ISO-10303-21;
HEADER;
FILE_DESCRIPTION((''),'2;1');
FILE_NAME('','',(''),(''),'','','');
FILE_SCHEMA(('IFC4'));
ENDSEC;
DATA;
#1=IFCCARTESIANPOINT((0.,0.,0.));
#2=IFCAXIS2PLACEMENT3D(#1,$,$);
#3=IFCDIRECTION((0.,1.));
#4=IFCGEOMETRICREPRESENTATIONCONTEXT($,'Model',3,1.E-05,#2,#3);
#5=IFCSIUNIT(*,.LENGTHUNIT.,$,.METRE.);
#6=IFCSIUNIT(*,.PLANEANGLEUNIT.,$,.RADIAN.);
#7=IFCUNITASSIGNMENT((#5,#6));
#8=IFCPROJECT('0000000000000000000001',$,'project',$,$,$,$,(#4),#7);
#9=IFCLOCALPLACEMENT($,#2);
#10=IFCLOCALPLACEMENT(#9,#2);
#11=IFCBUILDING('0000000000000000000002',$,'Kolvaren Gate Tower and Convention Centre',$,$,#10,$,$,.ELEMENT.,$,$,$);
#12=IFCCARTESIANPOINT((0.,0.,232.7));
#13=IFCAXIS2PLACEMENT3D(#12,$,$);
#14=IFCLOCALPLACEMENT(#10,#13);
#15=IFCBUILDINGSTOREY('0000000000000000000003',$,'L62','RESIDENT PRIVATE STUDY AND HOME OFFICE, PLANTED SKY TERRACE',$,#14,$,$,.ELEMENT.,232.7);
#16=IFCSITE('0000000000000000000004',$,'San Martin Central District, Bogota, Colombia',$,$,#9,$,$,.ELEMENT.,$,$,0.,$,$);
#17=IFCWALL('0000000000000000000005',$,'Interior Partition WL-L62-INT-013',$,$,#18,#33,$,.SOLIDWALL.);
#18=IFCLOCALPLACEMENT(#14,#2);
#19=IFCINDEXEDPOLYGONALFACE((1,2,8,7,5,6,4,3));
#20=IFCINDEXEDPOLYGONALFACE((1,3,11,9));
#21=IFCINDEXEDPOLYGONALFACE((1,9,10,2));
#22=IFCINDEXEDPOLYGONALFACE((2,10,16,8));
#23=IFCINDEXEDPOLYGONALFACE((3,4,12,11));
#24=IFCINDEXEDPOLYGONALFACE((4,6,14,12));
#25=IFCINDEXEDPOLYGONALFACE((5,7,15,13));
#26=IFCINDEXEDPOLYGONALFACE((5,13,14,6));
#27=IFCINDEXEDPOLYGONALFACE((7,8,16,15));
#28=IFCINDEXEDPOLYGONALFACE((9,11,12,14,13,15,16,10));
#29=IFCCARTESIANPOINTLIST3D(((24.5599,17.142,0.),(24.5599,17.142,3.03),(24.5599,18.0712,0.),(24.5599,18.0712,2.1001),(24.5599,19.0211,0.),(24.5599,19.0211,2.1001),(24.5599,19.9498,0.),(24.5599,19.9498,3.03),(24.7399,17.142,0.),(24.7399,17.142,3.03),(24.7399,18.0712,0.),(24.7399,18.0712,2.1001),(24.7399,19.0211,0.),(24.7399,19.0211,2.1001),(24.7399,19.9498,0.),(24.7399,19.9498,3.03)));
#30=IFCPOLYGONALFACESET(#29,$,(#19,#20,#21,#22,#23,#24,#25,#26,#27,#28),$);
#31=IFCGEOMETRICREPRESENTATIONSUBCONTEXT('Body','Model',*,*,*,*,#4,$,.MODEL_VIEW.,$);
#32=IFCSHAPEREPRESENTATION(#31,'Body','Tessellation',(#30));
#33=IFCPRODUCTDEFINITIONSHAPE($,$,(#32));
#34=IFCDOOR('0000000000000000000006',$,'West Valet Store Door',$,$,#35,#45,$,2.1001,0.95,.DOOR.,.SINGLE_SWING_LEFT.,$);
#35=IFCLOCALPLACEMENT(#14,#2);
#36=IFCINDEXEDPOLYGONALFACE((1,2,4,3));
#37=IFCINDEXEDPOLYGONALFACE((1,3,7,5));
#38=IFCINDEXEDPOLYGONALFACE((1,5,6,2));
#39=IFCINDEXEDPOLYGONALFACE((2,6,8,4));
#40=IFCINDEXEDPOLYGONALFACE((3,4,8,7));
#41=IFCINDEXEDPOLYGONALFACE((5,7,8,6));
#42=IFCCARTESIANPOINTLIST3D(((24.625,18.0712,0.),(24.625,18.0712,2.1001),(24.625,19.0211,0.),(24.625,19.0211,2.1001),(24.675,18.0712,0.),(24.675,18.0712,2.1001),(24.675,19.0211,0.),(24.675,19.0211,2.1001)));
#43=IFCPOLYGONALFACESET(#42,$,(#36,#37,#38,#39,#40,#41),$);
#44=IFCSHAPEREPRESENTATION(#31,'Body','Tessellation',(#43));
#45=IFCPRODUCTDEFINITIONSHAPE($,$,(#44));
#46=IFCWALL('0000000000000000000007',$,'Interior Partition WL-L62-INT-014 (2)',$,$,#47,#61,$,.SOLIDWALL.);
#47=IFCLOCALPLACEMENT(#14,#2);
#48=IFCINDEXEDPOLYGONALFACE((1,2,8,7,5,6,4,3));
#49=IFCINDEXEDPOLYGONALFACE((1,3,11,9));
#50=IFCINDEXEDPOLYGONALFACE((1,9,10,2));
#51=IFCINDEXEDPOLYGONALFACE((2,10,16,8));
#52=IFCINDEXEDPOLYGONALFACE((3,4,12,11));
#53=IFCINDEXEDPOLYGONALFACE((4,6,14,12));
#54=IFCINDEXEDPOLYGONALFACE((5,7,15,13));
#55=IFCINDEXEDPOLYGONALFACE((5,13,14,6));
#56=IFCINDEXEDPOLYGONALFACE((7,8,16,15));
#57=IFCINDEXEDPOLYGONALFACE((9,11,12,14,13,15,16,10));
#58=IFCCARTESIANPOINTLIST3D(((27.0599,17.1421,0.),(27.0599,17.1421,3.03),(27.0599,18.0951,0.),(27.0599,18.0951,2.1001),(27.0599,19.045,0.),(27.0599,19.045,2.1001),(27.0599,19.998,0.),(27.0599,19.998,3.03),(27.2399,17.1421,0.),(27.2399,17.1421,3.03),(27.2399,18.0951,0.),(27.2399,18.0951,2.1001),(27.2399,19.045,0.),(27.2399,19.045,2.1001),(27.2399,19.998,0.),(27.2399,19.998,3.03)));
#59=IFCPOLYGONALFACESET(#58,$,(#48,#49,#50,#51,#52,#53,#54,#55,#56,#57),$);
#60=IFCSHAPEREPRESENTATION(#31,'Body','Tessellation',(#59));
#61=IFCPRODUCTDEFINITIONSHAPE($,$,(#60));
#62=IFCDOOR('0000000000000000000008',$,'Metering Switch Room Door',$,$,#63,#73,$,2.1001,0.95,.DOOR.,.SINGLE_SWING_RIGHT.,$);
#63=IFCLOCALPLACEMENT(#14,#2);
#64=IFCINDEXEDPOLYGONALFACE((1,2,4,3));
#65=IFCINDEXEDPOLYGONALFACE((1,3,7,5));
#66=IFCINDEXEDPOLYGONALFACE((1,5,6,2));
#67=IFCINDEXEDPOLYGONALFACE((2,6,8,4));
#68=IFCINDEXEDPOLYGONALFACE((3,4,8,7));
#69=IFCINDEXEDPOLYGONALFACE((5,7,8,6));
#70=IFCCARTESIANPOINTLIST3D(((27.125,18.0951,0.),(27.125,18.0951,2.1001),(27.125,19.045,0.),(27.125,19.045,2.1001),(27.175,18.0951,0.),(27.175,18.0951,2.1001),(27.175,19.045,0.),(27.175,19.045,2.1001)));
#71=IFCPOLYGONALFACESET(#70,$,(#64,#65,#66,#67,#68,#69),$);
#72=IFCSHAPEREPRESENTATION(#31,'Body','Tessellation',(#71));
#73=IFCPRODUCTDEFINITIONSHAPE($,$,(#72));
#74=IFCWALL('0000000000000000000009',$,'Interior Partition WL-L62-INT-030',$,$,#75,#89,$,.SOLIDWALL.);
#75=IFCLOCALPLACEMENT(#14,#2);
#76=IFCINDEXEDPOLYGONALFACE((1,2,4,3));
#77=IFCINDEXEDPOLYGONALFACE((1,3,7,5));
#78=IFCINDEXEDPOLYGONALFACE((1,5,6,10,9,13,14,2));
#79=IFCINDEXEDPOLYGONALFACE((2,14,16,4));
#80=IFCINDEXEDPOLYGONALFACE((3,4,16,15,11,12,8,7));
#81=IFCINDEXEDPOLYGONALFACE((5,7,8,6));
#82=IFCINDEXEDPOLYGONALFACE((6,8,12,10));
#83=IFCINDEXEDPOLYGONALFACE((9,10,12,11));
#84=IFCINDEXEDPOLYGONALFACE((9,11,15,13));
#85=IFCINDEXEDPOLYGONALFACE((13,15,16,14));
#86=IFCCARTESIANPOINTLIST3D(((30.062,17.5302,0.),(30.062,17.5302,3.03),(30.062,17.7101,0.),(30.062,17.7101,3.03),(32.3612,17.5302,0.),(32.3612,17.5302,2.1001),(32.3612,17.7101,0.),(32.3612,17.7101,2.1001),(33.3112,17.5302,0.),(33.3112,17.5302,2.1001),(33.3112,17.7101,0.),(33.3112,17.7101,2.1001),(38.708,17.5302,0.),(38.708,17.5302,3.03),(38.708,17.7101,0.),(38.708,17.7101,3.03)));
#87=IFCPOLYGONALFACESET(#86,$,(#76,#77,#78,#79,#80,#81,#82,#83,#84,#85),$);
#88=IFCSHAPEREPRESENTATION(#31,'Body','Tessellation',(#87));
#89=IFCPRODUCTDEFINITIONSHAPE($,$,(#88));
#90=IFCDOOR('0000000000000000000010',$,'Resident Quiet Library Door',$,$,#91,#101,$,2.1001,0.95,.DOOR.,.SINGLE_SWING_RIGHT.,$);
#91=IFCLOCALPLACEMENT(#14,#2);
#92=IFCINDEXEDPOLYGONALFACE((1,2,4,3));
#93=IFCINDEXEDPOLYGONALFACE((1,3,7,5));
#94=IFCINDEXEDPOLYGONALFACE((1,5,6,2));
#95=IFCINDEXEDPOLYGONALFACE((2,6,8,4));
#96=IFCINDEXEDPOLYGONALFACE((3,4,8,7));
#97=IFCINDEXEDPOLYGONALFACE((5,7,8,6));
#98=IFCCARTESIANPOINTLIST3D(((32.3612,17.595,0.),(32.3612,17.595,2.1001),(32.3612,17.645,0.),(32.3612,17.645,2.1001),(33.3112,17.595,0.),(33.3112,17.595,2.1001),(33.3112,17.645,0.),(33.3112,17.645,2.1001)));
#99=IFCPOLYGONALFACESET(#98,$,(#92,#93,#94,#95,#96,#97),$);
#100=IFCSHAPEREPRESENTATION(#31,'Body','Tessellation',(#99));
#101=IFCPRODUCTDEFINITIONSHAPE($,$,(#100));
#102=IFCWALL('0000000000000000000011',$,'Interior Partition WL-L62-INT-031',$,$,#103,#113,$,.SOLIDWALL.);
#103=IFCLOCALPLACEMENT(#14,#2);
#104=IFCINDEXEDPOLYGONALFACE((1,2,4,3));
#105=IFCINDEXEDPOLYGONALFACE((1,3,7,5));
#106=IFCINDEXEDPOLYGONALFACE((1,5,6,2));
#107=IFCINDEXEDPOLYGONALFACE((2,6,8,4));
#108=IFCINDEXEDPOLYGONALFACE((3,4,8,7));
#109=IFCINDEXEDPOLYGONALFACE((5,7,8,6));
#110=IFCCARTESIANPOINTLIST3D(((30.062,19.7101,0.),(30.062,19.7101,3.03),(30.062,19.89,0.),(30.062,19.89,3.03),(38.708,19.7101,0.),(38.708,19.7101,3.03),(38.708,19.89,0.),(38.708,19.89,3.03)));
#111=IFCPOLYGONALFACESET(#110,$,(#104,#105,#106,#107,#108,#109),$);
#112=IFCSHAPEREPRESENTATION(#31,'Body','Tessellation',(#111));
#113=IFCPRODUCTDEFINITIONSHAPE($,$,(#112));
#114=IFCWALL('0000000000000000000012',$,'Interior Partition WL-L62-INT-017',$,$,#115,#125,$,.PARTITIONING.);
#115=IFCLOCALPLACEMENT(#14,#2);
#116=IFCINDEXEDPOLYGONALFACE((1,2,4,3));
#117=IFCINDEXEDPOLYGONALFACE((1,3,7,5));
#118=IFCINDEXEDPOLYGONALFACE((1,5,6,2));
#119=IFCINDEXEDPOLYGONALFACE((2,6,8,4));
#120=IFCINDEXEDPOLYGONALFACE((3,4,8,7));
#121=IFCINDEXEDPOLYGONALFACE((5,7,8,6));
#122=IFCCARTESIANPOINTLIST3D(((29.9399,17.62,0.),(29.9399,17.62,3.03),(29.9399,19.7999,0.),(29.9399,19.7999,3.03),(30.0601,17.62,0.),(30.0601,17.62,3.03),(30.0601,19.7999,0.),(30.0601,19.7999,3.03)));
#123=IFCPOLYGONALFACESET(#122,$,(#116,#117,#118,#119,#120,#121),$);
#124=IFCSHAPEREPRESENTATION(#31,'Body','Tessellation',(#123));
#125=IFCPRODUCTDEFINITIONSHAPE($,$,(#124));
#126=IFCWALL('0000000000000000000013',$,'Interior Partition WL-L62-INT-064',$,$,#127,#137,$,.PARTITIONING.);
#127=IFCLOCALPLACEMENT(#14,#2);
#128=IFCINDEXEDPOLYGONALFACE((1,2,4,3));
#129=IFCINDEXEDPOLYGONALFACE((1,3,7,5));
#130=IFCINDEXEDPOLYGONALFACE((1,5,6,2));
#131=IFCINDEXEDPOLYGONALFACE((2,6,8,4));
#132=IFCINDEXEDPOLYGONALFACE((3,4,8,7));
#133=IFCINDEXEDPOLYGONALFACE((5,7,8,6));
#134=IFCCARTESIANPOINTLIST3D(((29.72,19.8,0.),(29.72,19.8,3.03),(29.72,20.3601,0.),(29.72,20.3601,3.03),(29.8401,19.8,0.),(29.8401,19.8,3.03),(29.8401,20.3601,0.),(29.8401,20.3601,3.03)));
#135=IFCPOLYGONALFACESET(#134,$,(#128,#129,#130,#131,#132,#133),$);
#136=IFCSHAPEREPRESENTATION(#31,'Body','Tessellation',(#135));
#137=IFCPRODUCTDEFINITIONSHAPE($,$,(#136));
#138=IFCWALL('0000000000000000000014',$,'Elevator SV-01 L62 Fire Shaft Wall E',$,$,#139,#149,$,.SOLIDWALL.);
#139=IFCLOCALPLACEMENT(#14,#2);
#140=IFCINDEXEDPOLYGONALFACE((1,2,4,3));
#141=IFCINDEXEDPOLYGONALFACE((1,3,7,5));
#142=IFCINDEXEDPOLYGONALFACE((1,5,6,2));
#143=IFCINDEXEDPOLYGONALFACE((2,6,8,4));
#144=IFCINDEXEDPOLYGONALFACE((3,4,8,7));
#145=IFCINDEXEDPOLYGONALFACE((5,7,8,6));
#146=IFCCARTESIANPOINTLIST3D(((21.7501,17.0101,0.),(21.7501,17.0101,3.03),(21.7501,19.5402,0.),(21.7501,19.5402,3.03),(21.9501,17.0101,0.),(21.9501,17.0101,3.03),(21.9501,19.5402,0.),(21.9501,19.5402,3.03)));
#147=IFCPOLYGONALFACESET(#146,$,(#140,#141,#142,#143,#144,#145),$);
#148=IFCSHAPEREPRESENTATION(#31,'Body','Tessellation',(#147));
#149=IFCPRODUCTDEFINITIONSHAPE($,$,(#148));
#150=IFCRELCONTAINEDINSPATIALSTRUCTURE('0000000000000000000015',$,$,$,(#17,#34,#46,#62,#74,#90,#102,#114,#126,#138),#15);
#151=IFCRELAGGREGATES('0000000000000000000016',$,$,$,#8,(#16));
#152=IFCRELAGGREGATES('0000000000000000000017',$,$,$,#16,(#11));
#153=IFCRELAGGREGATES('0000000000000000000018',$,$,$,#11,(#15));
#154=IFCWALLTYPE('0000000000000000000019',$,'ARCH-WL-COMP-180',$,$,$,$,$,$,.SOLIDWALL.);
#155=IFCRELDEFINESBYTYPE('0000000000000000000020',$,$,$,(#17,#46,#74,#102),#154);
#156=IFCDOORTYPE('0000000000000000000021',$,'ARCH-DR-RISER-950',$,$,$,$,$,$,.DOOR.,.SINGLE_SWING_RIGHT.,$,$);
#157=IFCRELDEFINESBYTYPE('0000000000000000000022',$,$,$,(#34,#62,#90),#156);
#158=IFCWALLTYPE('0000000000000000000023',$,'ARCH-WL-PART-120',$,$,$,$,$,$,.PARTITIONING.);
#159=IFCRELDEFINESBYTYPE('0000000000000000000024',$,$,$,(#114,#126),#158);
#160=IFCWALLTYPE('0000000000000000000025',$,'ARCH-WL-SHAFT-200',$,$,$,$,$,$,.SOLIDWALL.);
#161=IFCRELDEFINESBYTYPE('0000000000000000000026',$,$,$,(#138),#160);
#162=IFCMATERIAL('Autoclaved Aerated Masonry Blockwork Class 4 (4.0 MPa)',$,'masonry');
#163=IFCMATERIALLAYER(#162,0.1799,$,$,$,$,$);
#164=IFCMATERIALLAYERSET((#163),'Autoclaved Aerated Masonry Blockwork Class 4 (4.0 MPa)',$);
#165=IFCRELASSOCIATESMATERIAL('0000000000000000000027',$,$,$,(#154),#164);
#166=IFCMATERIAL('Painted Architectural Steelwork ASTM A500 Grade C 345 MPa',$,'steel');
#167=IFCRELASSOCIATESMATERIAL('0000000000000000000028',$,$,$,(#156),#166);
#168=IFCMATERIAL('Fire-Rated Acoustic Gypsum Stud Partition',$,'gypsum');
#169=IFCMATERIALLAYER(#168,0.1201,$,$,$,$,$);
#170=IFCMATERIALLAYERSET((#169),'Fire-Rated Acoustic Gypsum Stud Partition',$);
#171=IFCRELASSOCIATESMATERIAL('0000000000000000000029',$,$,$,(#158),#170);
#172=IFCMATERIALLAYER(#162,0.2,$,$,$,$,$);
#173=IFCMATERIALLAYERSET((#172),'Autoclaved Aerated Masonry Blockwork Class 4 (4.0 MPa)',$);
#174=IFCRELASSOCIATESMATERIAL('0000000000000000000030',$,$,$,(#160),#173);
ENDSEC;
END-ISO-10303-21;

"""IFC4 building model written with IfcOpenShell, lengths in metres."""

from ifc_helpers import new_model, si_unit, direction, frame, frame_2d, origin, place, context, subcontext, project, spatial, rectangle, extrude, material, layer, layer_set, type_object, element, fill, save


model = new_model("IFC4")

# Units and contexts
model_context = context("Model", 3, precision=1e-05, world=origin(), true_north=direction((0.0, 1.0)))
body_context = subcontext(model_context, "Body", "Model", "MODEL_VIEW")
ifc_project = project(units=[si_unit("LENGTHUNIT", "METRE"), si_unit("PLANEANGLEUNIT", "RADIAN")], contexts=[model_context])

# Site, building, storey
site_placement = place(None, origin())
site = spatial("IfcSite", under=ifc_project, at=site_placement, Name="San Martin Central District, Bogota, Colombia", CompositionType="ELEMENT", RefElevation=0.0)
building_placement = place(site_placement, origin())
building = spatial("IfcBuilding", under=site, at=building_placement, Name="Kolvaren Gate Tower and Convention Centre", CompositionType="ELEMENT")
storey_placement = place(building_placement, frame((0.0, 0.0, 232.7)))
storey = spatial("IfcBuildingStorey", under=building, at=storey_placement, Name="L62", Description="RESIDENT PRIVATE STUDY AND HOME OFFICE, PLANTED SKY TERRACE", CompositionType="ELEMENT", Elevation=232.7)

# Shared definitions
ifc_material_1 = material(Name="Autoclaved Aerated Masonry Blockwork Class 4 (4.0 MPa)", Category="masonry")
ifc_layer_1 = layer(ifc_material_1, 0.1799)
ifc_layer_set_1 = layer_set([ifc_layer_1], Name="Autoclaved Aerated Masonry Blockwork Class 4 (4.0 MPa)")
wall_type_1 = type_object("IfcWallType", Name="ARCH-WL-COMP-180", PredefinedType="SOLIDWALL", material=ifc_layer_set_1)

# Shared definitions
ifc_material_2 = material(Name="Painted Architectural Steelwork ASTM A500 Grade C 345 MPa", Category="steel")
door_type_1 = type_object("IfcDoorType", Name="ARCH-DR-RISER-950", OperationType="SINGLE_SWING_RIGHT", PredefinedType="DOOR", material=ifc_material_2)

# Walls, openings, doors
wall_1_placement = place(storey_placement, frame((24.6499, 17.1421, 0.0), z_axis=(0.0, 0.0, 1.0), x_axis=(0.0, 1.0, 0.0)))
wall_1 = element("IfcWall", 1, at=wall_1_placement, inside=storey, type_object=wall_type_1, Name="Interior Partition WL-L62-INT-013", PredefinedType="SOLIDWALL", context=body_context, shape_type="SweptSolid", body=[
    extrude(rectangle(XDim=2.8079, YDim=0.1799, at=frame_2d((1.4038, 0.0))), origin(), (0.0, 0.0, 1.0), 3.03),
])
opening_1_placement = place(wall_1_placement, frame((0.929, 0.0, 0.0)))
opening_1 = element("IfcOpeningElement", 2, at=opening_1_placement, cuts=wall_1, PredefinedType="OPENING", context=body_context, shape_type="SweptSolid", body=[
    extrude(rectangle(XDim=0.95, YDim=2.1001, at=frame_2d((0.4751, 1.05))), frame((0.0, 0.0999, 0.0), z_axis=(0.0, -1.0, 0.0), x_axis=(1.0, 0.0, 0.0)), (0.0, 0.0, 1.0), 0.2),
])
door_1_placement = place(opening_1_placement, origin())
door_1 = element("IfcDoor", 3, at=door_1_placement, inside=storey, type_object=door_type_1, Name="West Valet Store Door", OperationType="SINGLE_SWING_LEFT", OverallHeight=2.1001, OverallWidth=0.95, PredefinedType="DOOR", context=body_context, shape_type="SweptSolid", body=[
    extrude(rectangle(XDim=0.95, YDim=2.1001, at=frame_2d((0.4751, 1.05))), frame((0.0, 0.0249, 0.0), z_axis=(0.0, -1.0, 0.0), x_axis=(1.0, 0.0, 0.0)), (0.0, 0.0, 1.0), 0.05),
])
fill(opening_1, door_1)
wall_2_placement = place(storey_placement, frame((27.1499, 17.1421, 0.0), z_axis=(0.0, 0.0, 1.0), x_axis=(0.0, 1.0, 0.0)))
wall_2 = element("IfcWall", 4, at=wall_2_placement, inside=storey, type_object=wall_type_1, Name="Interior Partition WL-L62-INT-014 (2)", PredefinedType="SOLIDWALL", context=body_context, shape_type="SweptSolid", body=[
    extrude(rectangle(XDim=2.856, YDim=0.1799, at=frame_2d((1.428, 0.0))), origin(), (0.0, 0.0, 1.0), 3.03),
])
opening_2_placement = place(wall_2_placement, frame((0.9529, 0.0, 0.0)))
opening_2 = element("IfcOpeningElement", 5, at=opening_2_placement, cuts=wall_2, PredefinedType="OPENING", context=body_context, shape_type="SweptSolid", body=[
    extrude(rectangle(XDim=0.95, YDim=2.1001, at=frame_2d((0.4751, 1.05))), frame((0.0, 0.0999, 0.0), z_axis=(0.0, -1.0, 0.0), x_axis=(1.0, 0.0, 0.0)), (0.0, 0.0, 1.0), 0.2),
])
door_2_placement = place(opening_2_placement, origin())
door_2 = element("IfcDoor", 6, at=door_2_placement, inside=storey, type_object=door_type_1, Name="Metering Switch Room Door", OperationType="SINGLE_SWING_RIGHT", OverallHeight=2.1001, OverallWidth=0.95, PredefinedType="DOOR", context=body_context, shape_type="SweptSolid", body=[
    extrude(rectangle(XDim=0.95, YDim=2.1001, at=frame_2d((0.4751, 1.05))), frame((0.0, 0.0249, 0.0), z_axis=(0.0, -1.0, 0.0), x_axis=(1.0, 0.0, 0.0)), (0.0, 0.0, 1.0), 0.05),
])
fill(opening_2, door_2)
wall_3_placement = place(storey_placement, frame((30.062, 17.6201, 0.0), z_axis=(0.0, 0.0, 1.0), x_axis=(1.0, 0.0, 0.0)))
wall_3 = element("IfcWall", 7, at=wall_3_placement, inside=storey, type_object=wall_type_1, Name="Interior Partition WL-L62-INT-030", PredefinedType="SOLIDWALL", context=body_context, shape_type="SweptSolid", body=[
    extrude(rectangle(XDim=8.646, YDim=0.1799, at=frame_2d((4.323, 0.0))), origin(), (0.0, 0.0, 1.0), 3.03),
])
opening_3_placement = place(wall_3_placement, frame((2.2991, 0.0, 0.0)))
opening_3 = element("IfcOpeningElement", 8, at=opening_3_placement, cuts=wall_3, PredefinedType="OPENING", context=body_context, shape_type="SweptSolid", body=[
    extrude(rectangle(XDim=0.95, YDim=2.1001, at=frame_2d((0.4751, 1.05))), frame((0.0, 0.0999, 0.0), z_axis=(0.0, -1.0, 0.0), x_axis=(1.0, 0.0, 0.0)), (0.0, 0.0, 1.0), 0.2),
])
door_3_placement = place(opening_3_placement, origin())
door_3 = element("IfcDoor", 9, at=door_3_placement, inside=storey, type_object=door_type_1, Name="Resident Quiet Library Door", OperationType="SINGLE_SWING_RIGHT", OverallHeight=2.1001, OverallWidth=0.95, PredefinedType="DOOR", context=body_context, shape_type="SweptSolid", body=[
    extrude(rectangle(XDim=0.95, YDim=2.1001, at=frame_2d((0.4751, 1.05))), frame((0.0, 0.0249, 0.0), z_axis=(0.0, -1.0, 0.0), x_axis=(1.0, 0.0, 0.0)), (0.0, 0.0, 1.0), 0.05),
])
fill(opening_3, door_3)

# Walls
wall_4_placement = place(storey_placement, frame((30.062, 19.8, 0.0), z_axis=(0.0, 0.0, 1.0), x_axis=(1.0, 0.0, 0.0)))
element("IfcWall", 10, at=wall_4_placement, inside=storey, type_object=wall_type_1, Name="Interior Partition WL-L62-INT-031", PredefinedType="SOLIDWALL", context=body_context, shape_type="SweptSolid", body=[
    extrude(rectangle(XDim=8.646, YDim=0.1799, at=frame_2d((4.323, 0.0))), origin(), (0.0, 0.0, 1.0), 3.03),
])
ifc_material_3 = material(Name="Fire-Rated Acoustic Gypsum Stud Partition", Category="gypsum")
ifc_layer_2 = layer(ifc_material_3, 0.1201)
ifc_layer_set_2 = layer_set([ifc_layer_2], Name="Fire-Rated Acoustic Gypsum Stud Partition")
wall_type_2 = type_object("IfcWallType", Name="ARCH-WL-PART-120", PredefinedType="PARTITIONING", material=ifc_layer_set_2)
wall_5_placement = place(storey_placement, frame((30.0, 17.6201, 0.0), z_axis=(0.0, 0.0, 1.0), x_axis=(0.0, 1.0, 0.0)))
element("IfcWall", 11, at=wall_5_placement, inside=storey, type_object=wall_type_2, Name="Interior Partition WL-L62-INT-017", PredefinedType="PARTITIONING", context=body_context, shape_type="SweptSolid", body=[
    extrude(rectangle(XDim=2.1799, YDim=0.1201, at=frame_2d((1.0898, 0.0))), origin(), (0.0, 0.0, 1.0), 3.03),
])
wall_6_placement = place(storey_placement, frame((29.78, 19.8, 0.0), z_axis=(0.0, 0.0, 1.0), x_axis=(0.0, 1.0, 0.0)))
element("IfcWall", 12, at=wall_6_placement, inside=storey, type_object=wall_type_2, Name="Interior Partition WL-L62-INT-064", PredefinedType="PARTITIONING", context=body_context, shape_type="SweptSolid", body=[
    extrude(rectangle(XDim=0.5601, YDim=0.1201, at=frame_2d((0.28, 0.0))), origin(), (0.0, 0.0, 1.0), 3.03),
])
ifc_layer_3 = layer(ifc_material_1, 0.2)
ifc_layer_set_3 = layer_set([ifc_layer_3], Name="Autoclaved Aerated Masonry Blockwork Class 4 (4.0 MPa)")
wall_type_3 = type_object("IfcWallType", Name="ARCH-WL-SHAFT-200", PredefinedType="SOLIDWALL", material=ifc_layer_set_3)
wall_7_placement = place(storey_placement, frame((21.8501, 17.01, 0.0), z_axis=(0.0, 0.0, 1.0), x_axis=(0.0, 1.0, 0.0)))
element("IfcWall", 13, at=wall_7_placement, inside=storey, type_object=wall_type_3, Name="Elevator SV-01 L62 Fire Shaft Wall E", PredefinedType="SOLIDWALL", context=body_context, shape_type="SweptSolid", body=[
    extrude(rectangle(XDim=2.53, YDim=0.2, at=frame_2d((1.2651, 0.0))), origin(), (0.0, 0.0, 1.0), 3.03),
])

save(model, "model.ifc")
